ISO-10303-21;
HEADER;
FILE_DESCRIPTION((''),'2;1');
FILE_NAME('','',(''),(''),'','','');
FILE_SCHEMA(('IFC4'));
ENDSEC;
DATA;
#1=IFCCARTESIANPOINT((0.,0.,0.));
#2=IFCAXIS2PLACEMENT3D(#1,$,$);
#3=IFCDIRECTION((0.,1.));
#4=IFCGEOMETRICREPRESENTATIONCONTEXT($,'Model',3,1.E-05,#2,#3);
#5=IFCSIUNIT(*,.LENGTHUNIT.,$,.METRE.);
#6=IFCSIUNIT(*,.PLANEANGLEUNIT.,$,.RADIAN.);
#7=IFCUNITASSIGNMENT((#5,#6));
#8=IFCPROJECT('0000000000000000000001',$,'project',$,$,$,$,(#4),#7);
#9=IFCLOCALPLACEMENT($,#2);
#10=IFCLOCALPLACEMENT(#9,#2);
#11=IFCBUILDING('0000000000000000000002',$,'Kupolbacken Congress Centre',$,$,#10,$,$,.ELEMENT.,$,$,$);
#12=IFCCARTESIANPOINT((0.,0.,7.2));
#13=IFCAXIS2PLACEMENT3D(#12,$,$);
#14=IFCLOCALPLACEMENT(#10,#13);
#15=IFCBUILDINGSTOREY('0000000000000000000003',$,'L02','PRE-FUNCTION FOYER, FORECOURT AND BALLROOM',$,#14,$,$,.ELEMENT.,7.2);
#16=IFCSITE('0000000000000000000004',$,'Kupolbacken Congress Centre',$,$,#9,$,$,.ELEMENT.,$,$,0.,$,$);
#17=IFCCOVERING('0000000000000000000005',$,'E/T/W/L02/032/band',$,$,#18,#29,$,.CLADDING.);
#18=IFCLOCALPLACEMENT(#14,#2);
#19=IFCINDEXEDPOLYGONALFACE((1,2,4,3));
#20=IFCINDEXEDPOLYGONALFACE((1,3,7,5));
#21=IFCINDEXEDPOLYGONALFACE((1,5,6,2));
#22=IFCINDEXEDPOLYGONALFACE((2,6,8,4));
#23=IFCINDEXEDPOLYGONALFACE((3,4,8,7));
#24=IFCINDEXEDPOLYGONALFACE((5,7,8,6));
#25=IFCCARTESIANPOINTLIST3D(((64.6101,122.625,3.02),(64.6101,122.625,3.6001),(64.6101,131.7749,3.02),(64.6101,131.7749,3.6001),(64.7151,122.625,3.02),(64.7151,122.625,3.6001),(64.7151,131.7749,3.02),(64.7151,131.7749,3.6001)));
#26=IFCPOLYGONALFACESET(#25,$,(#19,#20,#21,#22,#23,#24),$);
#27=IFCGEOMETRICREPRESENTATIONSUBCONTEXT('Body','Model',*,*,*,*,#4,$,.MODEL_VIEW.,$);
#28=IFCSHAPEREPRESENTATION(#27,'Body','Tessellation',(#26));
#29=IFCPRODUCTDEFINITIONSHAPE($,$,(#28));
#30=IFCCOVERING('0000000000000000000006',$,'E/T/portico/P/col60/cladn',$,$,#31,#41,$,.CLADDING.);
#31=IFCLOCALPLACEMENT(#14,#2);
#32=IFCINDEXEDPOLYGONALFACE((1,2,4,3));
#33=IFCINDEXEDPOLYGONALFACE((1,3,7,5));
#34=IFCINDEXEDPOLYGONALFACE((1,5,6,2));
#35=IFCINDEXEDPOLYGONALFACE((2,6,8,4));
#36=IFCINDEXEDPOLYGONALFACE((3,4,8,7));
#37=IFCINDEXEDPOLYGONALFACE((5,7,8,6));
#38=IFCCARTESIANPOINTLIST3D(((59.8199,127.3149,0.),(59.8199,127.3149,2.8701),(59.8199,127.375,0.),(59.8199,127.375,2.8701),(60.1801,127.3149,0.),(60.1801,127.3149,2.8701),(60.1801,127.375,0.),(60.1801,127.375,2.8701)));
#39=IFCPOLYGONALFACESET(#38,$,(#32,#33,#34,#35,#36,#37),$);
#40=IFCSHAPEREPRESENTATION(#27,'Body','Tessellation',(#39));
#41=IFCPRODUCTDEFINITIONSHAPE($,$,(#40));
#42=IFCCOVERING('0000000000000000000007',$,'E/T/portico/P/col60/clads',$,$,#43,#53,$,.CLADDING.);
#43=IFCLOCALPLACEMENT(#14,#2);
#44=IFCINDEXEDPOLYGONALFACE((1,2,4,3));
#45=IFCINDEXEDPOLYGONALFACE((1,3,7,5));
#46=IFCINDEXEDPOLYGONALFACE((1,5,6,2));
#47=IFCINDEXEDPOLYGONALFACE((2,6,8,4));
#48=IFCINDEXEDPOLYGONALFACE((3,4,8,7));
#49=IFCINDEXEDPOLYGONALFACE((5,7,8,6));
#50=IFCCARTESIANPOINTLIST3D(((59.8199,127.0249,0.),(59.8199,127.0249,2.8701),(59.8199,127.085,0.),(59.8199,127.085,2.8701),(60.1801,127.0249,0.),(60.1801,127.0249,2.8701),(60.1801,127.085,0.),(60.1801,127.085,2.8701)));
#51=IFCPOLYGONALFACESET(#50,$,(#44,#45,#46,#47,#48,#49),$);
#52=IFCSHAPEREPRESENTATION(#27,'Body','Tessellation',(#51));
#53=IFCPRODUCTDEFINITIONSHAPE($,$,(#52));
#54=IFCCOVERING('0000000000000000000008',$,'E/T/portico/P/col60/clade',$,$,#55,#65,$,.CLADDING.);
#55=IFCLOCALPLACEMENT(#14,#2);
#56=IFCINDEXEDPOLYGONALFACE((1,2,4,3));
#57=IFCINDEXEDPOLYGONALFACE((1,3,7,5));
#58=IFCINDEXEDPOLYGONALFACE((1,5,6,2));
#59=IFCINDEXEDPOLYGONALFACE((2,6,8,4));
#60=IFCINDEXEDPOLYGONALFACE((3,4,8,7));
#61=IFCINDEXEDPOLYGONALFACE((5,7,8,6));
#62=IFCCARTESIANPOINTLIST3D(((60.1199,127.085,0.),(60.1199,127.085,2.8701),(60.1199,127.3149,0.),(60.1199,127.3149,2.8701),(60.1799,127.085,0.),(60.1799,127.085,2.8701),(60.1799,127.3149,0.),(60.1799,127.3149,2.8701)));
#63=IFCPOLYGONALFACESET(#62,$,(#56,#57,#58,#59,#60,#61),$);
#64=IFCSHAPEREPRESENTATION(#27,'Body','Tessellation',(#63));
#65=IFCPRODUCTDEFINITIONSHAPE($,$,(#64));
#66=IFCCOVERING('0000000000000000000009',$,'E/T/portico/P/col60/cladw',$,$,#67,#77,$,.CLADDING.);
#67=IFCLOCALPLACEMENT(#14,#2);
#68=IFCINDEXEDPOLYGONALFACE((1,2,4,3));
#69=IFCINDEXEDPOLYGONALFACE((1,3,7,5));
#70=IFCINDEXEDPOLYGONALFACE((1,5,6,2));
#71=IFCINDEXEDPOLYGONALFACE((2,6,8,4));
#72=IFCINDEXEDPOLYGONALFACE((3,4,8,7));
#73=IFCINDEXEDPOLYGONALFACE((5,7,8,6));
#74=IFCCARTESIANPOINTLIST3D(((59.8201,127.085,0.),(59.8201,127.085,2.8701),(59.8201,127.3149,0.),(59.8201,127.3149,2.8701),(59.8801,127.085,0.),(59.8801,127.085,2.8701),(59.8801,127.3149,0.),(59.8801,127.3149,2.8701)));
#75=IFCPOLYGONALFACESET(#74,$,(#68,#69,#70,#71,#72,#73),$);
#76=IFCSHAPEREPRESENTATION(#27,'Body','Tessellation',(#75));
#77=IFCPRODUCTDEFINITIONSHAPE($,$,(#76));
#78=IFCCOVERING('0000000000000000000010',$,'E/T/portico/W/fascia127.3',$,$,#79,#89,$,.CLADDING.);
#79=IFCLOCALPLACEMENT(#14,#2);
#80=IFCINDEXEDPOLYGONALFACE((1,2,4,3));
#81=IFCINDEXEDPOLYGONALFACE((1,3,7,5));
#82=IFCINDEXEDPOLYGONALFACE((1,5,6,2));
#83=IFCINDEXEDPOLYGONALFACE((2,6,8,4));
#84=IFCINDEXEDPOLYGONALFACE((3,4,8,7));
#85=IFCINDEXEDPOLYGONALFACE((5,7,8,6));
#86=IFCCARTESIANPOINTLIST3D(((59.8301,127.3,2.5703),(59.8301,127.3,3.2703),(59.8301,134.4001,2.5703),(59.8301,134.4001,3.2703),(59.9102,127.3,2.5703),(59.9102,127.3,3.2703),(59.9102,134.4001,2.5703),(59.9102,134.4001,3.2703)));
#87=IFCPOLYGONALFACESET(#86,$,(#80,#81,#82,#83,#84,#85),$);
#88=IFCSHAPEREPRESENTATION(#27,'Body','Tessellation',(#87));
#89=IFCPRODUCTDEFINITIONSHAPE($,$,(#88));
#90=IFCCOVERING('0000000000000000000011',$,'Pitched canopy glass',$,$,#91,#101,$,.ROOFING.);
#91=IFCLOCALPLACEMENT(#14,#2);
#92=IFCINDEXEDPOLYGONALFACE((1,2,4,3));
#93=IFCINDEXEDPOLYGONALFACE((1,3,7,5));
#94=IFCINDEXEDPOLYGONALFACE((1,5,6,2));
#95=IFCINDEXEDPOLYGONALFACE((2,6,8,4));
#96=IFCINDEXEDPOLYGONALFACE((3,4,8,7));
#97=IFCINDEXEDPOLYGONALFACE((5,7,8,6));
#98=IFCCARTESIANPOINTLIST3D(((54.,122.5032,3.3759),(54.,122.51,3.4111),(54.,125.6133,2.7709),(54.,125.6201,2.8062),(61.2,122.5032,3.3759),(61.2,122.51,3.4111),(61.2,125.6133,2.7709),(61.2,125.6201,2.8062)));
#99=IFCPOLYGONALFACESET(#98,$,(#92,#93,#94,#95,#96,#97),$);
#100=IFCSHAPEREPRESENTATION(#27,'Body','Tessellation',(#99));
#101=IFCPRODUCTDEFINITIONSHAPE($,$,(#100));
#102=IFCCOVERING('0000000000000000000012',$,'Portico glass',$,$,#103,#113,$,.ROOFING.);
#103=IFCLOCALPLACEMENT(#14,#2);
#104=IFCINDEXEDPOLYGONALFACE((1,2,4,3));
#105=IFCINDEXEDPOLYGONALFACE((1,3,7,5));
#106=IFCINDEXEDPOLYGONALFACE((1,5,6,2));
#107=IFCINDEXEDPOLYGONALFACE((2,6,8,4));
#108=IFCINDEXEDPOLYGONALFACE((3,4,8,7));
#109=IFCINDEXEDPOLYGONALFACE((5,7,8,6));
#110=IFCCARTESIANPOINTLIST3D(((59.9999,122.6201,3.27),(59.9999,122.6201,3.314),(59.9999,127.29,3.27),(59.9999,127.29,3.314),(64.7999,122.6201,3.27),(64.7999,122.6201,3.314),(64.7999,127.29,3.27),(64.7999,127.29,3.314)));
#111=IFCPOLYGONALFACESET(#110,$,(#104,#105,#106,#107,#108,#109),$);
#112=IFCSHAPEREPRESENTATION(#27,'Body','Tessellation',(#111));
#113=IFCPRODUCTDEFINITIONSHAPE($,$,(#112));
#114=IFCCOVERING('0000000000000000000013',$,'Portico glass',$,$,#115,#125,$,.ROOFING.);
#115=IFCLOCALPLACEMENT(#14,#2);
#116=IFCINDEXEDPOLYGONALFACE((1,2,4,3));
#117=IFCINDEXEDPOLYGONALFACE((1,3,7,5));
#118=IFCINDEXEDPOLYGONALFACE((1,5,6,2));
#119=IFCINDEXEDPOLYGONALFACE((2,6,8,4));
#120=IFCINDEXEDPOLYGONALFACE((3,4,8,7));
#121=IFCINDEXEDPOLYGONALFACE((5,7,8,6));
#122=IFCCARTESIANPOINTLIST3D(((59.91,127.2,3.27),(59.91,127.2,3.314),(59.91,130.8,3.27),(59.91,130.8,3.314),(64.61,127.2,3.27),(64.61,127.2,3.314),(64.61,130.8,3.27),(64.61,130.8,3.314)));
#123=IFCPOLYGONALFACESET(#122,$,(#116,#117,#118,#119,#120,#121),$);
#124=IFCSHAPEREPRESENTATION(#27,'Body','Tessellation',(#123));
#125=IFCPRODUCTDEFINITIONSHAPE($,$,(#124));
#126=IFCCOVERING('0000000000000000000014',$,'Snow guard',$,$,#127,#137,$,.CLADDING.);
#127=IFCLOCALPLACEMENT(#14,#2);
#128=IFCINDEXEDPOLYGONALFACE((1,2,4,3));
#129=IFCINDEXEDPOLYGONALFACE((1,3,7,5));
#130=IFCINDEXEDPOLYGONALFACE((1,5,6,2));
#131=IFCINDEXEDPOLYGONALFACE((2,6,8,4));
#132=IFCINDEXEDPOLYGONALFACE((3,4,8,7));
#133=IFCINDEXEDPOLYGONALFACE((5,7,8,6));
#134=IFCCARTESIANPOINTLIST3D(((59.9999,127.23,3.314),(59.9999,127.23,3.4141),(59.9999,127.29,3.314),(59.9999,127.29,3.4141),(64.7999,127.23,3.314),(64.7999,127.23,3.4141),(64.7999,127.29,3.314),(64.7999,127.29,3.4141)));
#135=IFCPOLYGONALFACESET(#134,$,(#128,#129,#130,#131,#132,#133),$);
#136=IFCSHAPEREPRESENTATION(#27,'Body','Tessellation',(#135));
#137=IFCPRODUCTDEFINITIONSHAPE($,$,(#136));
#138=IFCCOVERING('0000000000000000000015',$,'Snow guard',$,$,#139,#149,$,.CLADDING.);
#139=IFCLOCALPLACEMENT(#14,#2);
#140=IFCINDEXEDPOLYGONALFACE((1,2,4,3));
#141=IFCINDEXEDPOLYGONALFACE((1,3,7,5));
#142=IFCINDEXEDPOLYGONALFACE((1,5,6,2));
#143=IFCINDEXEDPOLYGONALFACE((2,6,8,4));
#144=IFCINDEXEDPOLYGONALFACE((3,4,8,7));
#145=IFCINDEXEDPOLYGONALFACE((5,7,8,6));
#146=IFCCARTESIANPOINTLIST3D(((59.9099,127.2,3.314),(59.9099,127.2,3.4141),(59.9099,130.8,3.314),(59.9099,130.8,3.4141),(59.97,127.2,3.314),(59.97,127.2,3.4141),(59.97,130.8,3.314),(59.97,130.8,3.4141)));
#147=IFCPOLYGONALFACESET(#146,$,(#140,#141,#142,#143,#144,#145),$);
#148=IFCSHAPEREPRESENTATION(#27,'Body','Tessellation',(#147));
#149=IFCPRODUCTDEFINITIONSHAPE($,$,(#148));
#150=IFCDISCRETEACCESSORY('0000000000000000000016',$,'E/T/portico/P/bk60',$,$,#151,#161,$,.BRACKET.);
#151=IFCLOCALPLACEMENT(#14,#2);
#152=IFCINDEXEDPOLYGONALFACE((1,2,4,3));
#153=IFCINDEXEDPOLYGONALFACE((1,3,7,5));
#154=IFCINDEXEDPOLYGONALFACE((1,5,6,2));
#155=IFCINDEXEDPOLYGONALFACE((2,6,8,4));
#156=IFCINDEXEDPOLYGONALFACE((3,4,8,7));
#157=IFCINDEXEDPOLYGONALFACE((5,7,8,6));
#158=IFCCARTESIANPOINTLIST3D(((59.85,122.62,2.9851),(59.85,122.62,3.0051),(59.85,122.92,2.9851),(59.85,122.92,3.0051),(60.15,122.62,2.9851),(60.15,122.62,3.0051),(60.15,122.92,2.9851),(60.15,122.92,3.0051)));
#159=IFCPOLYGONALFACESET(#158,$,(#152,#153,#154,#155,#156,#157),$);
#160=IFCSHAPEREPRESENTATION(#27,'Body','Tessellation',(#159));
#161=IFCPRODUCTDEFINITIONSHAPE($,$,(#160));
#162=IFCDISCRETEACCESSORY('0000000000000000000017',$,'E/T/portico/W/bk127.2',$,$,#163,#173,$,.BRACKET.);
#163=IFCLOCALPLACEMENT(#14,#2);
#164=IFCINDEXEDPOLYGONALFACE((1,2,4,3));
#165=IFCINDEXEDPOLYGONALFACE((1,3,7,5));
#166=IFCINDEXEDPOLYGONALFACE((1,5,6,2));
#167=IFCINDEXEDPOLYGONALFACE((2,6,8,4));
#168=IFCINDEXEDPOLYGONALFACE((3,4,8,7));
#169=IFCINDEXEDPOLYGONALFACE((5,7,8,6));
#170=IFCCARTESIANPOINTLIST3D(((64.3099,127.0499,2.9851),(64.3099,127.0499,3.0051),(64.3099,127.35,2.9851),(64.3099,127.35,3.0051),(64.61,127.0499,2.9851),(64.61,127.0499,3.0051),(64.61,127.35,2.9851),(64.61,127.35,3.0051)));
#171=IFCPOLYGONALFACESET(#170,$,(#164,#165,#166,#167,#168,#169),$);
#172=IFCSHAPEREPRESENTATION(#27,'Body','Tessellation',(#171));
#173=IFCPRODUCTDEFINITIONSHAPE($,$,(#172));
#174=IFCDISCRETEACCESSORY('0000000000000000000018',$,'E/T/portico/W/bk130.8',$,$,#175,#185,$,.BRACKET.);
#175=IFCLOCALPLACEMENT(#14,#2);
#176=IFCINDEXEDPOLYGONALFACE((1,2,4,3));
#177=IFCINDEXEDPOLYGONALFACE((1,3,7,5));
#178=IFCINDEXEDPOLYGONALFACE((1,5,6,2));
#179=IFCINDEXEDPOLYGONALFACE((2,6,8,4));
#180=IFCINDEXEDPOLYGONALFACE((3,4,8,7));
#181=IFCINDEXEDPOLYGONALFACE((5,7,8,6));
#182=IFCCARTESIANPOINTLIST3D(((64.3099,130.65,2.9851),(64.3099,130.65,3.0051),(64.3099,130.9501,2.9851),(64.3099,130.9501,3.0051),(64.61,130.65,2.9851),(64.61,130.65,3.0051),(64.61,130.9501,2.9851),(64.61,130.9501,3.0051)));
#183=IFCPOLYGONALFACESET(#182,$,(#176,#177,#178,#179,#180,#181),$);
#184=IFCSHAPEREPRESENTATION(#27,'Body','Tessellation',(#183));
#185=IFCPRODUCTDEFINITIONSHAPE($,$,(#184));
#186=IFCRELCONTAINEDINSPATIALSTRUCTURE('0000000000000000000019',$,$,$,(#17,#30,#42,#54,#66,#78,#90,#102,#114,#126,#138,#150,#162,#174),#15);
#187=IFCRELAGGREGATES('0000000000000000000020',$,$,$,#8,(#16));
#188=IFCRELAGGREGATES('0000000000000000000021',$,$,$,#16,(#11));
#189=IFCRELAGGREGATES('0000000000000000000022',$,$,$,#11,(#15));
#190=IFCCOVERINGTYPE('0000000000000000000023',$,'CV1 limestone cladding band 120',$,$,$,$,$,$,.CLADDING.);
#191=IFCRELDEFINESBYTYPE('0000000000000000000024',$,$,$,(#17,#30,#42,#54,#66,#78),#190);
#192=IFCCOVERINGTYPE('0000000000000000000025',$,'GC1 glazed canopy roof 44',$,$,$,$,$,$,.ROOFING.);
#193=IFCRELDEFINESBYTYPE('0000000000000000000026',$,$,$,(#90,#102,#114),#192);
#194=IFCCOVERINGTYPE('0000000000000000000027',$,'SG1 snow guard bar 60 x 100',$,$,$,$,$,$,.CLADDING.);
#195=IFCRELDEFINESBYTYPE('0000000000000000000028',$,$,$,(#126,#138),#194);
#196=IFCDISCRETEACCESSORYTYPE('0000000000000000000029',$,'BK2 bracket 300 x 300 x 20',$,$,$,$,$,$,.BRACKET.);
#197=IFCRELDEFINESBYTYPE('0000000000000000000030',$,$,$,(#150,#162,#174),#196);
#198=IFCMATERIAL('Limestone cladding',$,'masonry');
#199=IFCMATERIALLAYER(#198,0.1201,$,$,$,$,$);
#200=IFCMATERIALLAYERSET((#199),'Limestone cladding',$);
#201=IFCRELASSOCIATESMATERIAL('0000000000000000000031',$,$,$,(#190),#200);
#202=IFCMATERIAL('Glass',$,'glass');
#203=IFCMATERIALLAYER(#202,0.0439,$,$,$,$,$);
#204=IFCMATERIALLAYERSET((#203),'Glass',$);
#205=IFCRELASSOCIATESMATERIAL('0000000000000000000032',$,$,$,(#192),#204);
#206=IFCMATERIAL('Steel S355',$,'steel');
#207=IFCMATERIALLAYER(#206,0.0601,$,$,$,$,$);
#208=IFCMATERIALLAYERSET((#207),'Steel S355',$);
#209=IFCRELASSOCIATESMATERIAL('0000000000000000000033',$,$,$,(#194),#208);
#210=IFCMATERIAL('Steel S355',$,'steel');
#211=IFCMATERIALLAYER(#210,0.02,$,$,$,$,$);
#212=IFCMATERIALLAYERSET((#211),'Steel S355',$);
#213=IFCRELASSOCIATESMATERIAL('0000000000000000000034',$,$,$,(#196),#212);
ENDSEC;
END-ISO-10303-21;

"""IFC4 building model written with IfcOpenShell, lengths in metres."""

from ifc_helpers import new_model, si_unit, direction, frame, origin, origin_2d, place, context, subcontext, project, spatial, polyline, rectangle, outline, extrude, material, layer, layer_set, type_object, element, save


model = new_model("IFC4")

# Units and contexts
model_context = context("Model", 3, precision=1e-05, world=origin(), true_north=direction((0.0, 1.0)))
body_context = subcontext(model_context, "Body", "Model", "MODEL_VIEW")
ifc_project = project(units=[si_unit("LENGTHUNIT", "METRE"), si_unit("PLANEANGLEUNIT", "RADIAN")], contexts=[model_context])

# Site, building, storey
site_placement = place(None, origin())
site = spatial("IfcSite", under=ifc_project, at=site_placement, Name="Kupolbacken Congress Centre", CompositionType="ELEMENT", RefElevation=0.0)
building_placement = place(site_placement, origin())
building = spatial("IfcBuilding", under=site, at=building_placement, Name="Kupolbacken Congress Centre", CompositionType="ELEMENT")
storey_placement = place(building_placement, frame((0.0, 0.0, 7.2)))
storey = spatial("IfcBuildingStorey", under=building, at=storey_placement, Name="L02", Description="PRE-FUNCTION FOYER, FORECOURT AND BALLROOM", CompositionType="ELEMENT", Elevation=7.2)

# Coverings
ifc_material_1 = material(Name="Limestone cladding", Category="masonry")
ifc_layer_1 = layer(ifc_material_1, 0.1201)
ifc_layer_set_1 = layer_set([ifc_layer_1], Name="Limestone cladding")
covering_type_1 = type_object("IfcCoveringType", Name="CV1 limestone cladding band 120", PredefinedType="CLADDING", material=ifc_layer_set_1)
covering_1_placement = place(storey_placement, frame((64.6626, 127.2, 3.02), z_axis=(0.0, 0.0, 1.0), x_axis=(0.0, -1.0, 0.0)))
element("IfcCovering", 1, at=covering_1_placement, inside=storey, type_object=covering_type_1, Name="E/T/W/L02/032/band", PredefinedType="CLADDING", context=body_context, shape_type="SweptSolid", body=[
    extrude(rectangle(XDim=9.1499, YDim=0.105, at=origin_2d()), origin(), (0.0, 0.0, 1.0), 0.5801),
])
for number, where, z_axis, x_axis, name in (
    (2, (60.0, 127.345, 0.0), (0.0, 0.0, 1.0), (1.0, 0.0, 0.0), "E/T/portico/P/col60/cladn"),
    (3, (60.0, 127.0549, 0.0), (0.0, 0.0, 1.0), (1.0, 0.0, 0.0), "E/T/portico/P/col60/clads"),
):
    element("IfcCovering", number, at=place(storey_placement, frame(where, z_axis=z_axis, x_axis=x_axis)), inside=storey, type_object=covering_type_1, Name=name, PredefinedType="CLADDING", context=body_context, shape_type="SweptSolid", body=[
        extrude(rectangle(XDim=0.3601, YDim=0.0601, at=origin_2d()), origin(), (0.0, 0.0, 1.0), 2.8701),
    ])
for number, where, z_axis, x_axis, name in (
    (4, (60.1499, 127.2, 0.0), (0.0, 0.0, 1.0), (1.0, 0.0, 0.0), "E/T/portico/P/col60/clade"),
    (5, (59.8501, 127.2, 0.0), (0.0, 0.0, 1.0), (1.0, 0.0, 0.0), "E/T/portico/P/col60/cladw"),
):
    element("IfcCovering", number, at=place(storey_placement, frame(where, z_axis=z_axis, x_axis=x_axis)), inside=storey, type_object=covering_type_1, Name=name, PredefinedType="CLADDING", context=body_context, shape_type="SweptSolid", body=[
        extrude(rectangle(XDim=0.0601, YDim=0.23, at=origin_2d()), origin(), (0.0, 0.0, 1.0), 2.8701),
    ])
covering_2_placement = place(storey_placement, frame((59.8701, 130.8501, 2.5703), z_axis=(0.0, 0.0, 1.0), x_axis=(0.0, 1.0, 0.0)))
element("IfcCovering", 6, at=covering_2_placement, inside=storey, type_object=covering_type_1, Name="E/T/portico/W/fascia127.3", PredefinedType="CLADDING", context=body_context, shape_type="SweptSolid", body=[
    extrude(rectangle(XDim=7.1001, YDim=0.0801, at=origin_2d()), origin(), (0.0, 0.0, 1.0), 0.7),
])
ifc_material_2 = material(Name="Glass", Category="glass")
ifc_layer_2 = layer(ifc_material_2, 0.0439)
ifc_layer_set_2 = layer_set([ifc_layer_2], Name="Glass")
covering_type_2 = type_object("IfcCoveringType", Name="GC1 glazed canopy roof 44", PredefinedType="ROOFING", material=ifc_layer_set_2)
covering_3_placement = place(storey_placement, frame((61.2, 122.51, 3.4111), z_axis=(0.0, 0.190942, 0.981601), x_axis=(0.0, 0.981601, -0.190942)))
element("IfcCovering", 7, at=covering_3_placement, inside=storey, type_object=covering_type_2, Name="Pitched canopy glass", PredefinedType="ROOFING", context=body_context, shape_type="SweptSolid", body=[
    extrude(outline(polyline([(0.0, 0.0), (3.1684, 0.0), (3.1684, 7.2), (0.0, 7.2), (0.0, 0.0)])), origin(), (0.0, 0.0, -1.0), 0.0359),
])
covering_4_placement = place(storey_placement, frame((62.3999, 124.9551, 3.27), z_axis=(0.0, 0.0, 1.0), x_axis=(1.0, 0.0, 0.0)))
element("IfcCovering", 8, at=covering_4_placement, inside=storey, type_object=covering_type_2, Name="Portico glass", PredefinedType="ROOFING", context=body_context, shape_type="SweptSolid", body=[
    extrude(rectangle(XDim=4.8, YDim=4.6699, at=origin_2d()), origin(), (0.0, 0.0, 1.0), 0.0439),
])
covering_5_placement = place(storey_placement, frame((62.26, 129.0, 3.27), z_axis=(0.0, 0.0, 1.0), x_axis=(0.0, 1.0, 0.0)))
element("IfcCovering", 9, at=covering_5_placement, inside=storey, type_object=covering_type_2, Name="Portico glass", PredefinedType="ROOFING", context=body_context, shape_type="SweptSolid", body=[
    extrude(rectangle(XDim=3.6001, YDim=4.7, at=origin_2d()), origin(), (0.0, 0.0, 1.0), 0.0439),
])
ifc_material_3 = material(Name="Steel S355", Category="steel")
ifc_layer_3 = layer(ifc_material_3, 0.0601)
ifc_layer_set_3 = layer_set([ifc_layer_3], Name="Steel S355")
covering_type_3 = type_object("IfcCoveringType", Name="SG1 snow guard bar 60 x 100", PredefinedType="CLADDING", material=ifc_layer_set_3)
covering_6_placement = place(storey_placement, frame((62.3999, 127.26, 3.314), z_axis=(0.0, 0.0, 1.0), x_axis=(1.0, 0.0, 0.0)))
element("IfcCovering", 10, at=covering_6_placement, inside=storey, type_object=covering_type_3, Name="Snow guard", PredefinedType="CLADDING", context=body_context, shape_type="SweptSolid", body=[
    extrude(rectangle(XDim=4.8, YDim=0.0601, at=origin_2d()), origin(), (0.0, 0.0, 1.0), 0.1001),
])
covering_7_placement = place(storey_placement, frame((59.9399, 129.0, 3.314), z_axis=(0.0, 0.0, 1.0), x_axis=(0.0, 1.0, 0.0)))
element("IfcCovering", 11, at=covering_7_placement, inside=storey, type_object=covering_type_3, Name="Snow guard", PredefinedType="CLADDING", context=body_context, shape_type="SweptSolid", body=[
    extrude(rectangle(XDim=3.6001, YDim=0.0601, at=origin_2d()), origin(), (0.0, 0.0, 1.0), 0.1001),
])

# Discrete accessories
ifc_material_4 = material(Name="Steel S355", Category="steel")
ifc_layer_4 = layer(ifc_material_4, 0.02)
ifc_layer_set_4 = layer_set([ifc_layer_4], Name="Steel S355")
discrete_accessory_type = type_object("IfcDiscreteAccessoryType", Name="BK2 bracket 300 x 300 x 20", PredefinedType="BRACKET", material=ifc_layer_set_4)
for number, where, z_axis, x_axis, name in (
    (12, (60.0, 122.77, 2.9851), (0.0, 0.0, 1.0), (1.0, 0.0, 0.0), "E/T/portico/P/bk60"),
    (13, (64.46, 127.2, 2.9851), (0.0, 0.0, 1.0), (0.0, 1.0, 0.0), "E/T/portico/W/bk127.2"),
    (14, (64.46, 130.8, 2.9851), (0.0, 0.0, 1.0), (0.0, 1.0, 0.0), "E/T/portico/W/bk130.8"),
):
    element("IfcDiscreteAccessory", number, at=place(storey_placement, frame(where, z_axis=z_axis, x_axis=x_axis)), inside=storey, type_object=discrete_accessory_type, Name=name, PredefinedType="BRACKET", context=body_context, shape_type="SweptSolid", body=[
        extrude(rectangle(XDim=0.3, YDim=0.3, at=origin_2d()), origin(), (0.0, 0.0, 1.0), 0.02),
    ])

save(model, "model.ifc")
